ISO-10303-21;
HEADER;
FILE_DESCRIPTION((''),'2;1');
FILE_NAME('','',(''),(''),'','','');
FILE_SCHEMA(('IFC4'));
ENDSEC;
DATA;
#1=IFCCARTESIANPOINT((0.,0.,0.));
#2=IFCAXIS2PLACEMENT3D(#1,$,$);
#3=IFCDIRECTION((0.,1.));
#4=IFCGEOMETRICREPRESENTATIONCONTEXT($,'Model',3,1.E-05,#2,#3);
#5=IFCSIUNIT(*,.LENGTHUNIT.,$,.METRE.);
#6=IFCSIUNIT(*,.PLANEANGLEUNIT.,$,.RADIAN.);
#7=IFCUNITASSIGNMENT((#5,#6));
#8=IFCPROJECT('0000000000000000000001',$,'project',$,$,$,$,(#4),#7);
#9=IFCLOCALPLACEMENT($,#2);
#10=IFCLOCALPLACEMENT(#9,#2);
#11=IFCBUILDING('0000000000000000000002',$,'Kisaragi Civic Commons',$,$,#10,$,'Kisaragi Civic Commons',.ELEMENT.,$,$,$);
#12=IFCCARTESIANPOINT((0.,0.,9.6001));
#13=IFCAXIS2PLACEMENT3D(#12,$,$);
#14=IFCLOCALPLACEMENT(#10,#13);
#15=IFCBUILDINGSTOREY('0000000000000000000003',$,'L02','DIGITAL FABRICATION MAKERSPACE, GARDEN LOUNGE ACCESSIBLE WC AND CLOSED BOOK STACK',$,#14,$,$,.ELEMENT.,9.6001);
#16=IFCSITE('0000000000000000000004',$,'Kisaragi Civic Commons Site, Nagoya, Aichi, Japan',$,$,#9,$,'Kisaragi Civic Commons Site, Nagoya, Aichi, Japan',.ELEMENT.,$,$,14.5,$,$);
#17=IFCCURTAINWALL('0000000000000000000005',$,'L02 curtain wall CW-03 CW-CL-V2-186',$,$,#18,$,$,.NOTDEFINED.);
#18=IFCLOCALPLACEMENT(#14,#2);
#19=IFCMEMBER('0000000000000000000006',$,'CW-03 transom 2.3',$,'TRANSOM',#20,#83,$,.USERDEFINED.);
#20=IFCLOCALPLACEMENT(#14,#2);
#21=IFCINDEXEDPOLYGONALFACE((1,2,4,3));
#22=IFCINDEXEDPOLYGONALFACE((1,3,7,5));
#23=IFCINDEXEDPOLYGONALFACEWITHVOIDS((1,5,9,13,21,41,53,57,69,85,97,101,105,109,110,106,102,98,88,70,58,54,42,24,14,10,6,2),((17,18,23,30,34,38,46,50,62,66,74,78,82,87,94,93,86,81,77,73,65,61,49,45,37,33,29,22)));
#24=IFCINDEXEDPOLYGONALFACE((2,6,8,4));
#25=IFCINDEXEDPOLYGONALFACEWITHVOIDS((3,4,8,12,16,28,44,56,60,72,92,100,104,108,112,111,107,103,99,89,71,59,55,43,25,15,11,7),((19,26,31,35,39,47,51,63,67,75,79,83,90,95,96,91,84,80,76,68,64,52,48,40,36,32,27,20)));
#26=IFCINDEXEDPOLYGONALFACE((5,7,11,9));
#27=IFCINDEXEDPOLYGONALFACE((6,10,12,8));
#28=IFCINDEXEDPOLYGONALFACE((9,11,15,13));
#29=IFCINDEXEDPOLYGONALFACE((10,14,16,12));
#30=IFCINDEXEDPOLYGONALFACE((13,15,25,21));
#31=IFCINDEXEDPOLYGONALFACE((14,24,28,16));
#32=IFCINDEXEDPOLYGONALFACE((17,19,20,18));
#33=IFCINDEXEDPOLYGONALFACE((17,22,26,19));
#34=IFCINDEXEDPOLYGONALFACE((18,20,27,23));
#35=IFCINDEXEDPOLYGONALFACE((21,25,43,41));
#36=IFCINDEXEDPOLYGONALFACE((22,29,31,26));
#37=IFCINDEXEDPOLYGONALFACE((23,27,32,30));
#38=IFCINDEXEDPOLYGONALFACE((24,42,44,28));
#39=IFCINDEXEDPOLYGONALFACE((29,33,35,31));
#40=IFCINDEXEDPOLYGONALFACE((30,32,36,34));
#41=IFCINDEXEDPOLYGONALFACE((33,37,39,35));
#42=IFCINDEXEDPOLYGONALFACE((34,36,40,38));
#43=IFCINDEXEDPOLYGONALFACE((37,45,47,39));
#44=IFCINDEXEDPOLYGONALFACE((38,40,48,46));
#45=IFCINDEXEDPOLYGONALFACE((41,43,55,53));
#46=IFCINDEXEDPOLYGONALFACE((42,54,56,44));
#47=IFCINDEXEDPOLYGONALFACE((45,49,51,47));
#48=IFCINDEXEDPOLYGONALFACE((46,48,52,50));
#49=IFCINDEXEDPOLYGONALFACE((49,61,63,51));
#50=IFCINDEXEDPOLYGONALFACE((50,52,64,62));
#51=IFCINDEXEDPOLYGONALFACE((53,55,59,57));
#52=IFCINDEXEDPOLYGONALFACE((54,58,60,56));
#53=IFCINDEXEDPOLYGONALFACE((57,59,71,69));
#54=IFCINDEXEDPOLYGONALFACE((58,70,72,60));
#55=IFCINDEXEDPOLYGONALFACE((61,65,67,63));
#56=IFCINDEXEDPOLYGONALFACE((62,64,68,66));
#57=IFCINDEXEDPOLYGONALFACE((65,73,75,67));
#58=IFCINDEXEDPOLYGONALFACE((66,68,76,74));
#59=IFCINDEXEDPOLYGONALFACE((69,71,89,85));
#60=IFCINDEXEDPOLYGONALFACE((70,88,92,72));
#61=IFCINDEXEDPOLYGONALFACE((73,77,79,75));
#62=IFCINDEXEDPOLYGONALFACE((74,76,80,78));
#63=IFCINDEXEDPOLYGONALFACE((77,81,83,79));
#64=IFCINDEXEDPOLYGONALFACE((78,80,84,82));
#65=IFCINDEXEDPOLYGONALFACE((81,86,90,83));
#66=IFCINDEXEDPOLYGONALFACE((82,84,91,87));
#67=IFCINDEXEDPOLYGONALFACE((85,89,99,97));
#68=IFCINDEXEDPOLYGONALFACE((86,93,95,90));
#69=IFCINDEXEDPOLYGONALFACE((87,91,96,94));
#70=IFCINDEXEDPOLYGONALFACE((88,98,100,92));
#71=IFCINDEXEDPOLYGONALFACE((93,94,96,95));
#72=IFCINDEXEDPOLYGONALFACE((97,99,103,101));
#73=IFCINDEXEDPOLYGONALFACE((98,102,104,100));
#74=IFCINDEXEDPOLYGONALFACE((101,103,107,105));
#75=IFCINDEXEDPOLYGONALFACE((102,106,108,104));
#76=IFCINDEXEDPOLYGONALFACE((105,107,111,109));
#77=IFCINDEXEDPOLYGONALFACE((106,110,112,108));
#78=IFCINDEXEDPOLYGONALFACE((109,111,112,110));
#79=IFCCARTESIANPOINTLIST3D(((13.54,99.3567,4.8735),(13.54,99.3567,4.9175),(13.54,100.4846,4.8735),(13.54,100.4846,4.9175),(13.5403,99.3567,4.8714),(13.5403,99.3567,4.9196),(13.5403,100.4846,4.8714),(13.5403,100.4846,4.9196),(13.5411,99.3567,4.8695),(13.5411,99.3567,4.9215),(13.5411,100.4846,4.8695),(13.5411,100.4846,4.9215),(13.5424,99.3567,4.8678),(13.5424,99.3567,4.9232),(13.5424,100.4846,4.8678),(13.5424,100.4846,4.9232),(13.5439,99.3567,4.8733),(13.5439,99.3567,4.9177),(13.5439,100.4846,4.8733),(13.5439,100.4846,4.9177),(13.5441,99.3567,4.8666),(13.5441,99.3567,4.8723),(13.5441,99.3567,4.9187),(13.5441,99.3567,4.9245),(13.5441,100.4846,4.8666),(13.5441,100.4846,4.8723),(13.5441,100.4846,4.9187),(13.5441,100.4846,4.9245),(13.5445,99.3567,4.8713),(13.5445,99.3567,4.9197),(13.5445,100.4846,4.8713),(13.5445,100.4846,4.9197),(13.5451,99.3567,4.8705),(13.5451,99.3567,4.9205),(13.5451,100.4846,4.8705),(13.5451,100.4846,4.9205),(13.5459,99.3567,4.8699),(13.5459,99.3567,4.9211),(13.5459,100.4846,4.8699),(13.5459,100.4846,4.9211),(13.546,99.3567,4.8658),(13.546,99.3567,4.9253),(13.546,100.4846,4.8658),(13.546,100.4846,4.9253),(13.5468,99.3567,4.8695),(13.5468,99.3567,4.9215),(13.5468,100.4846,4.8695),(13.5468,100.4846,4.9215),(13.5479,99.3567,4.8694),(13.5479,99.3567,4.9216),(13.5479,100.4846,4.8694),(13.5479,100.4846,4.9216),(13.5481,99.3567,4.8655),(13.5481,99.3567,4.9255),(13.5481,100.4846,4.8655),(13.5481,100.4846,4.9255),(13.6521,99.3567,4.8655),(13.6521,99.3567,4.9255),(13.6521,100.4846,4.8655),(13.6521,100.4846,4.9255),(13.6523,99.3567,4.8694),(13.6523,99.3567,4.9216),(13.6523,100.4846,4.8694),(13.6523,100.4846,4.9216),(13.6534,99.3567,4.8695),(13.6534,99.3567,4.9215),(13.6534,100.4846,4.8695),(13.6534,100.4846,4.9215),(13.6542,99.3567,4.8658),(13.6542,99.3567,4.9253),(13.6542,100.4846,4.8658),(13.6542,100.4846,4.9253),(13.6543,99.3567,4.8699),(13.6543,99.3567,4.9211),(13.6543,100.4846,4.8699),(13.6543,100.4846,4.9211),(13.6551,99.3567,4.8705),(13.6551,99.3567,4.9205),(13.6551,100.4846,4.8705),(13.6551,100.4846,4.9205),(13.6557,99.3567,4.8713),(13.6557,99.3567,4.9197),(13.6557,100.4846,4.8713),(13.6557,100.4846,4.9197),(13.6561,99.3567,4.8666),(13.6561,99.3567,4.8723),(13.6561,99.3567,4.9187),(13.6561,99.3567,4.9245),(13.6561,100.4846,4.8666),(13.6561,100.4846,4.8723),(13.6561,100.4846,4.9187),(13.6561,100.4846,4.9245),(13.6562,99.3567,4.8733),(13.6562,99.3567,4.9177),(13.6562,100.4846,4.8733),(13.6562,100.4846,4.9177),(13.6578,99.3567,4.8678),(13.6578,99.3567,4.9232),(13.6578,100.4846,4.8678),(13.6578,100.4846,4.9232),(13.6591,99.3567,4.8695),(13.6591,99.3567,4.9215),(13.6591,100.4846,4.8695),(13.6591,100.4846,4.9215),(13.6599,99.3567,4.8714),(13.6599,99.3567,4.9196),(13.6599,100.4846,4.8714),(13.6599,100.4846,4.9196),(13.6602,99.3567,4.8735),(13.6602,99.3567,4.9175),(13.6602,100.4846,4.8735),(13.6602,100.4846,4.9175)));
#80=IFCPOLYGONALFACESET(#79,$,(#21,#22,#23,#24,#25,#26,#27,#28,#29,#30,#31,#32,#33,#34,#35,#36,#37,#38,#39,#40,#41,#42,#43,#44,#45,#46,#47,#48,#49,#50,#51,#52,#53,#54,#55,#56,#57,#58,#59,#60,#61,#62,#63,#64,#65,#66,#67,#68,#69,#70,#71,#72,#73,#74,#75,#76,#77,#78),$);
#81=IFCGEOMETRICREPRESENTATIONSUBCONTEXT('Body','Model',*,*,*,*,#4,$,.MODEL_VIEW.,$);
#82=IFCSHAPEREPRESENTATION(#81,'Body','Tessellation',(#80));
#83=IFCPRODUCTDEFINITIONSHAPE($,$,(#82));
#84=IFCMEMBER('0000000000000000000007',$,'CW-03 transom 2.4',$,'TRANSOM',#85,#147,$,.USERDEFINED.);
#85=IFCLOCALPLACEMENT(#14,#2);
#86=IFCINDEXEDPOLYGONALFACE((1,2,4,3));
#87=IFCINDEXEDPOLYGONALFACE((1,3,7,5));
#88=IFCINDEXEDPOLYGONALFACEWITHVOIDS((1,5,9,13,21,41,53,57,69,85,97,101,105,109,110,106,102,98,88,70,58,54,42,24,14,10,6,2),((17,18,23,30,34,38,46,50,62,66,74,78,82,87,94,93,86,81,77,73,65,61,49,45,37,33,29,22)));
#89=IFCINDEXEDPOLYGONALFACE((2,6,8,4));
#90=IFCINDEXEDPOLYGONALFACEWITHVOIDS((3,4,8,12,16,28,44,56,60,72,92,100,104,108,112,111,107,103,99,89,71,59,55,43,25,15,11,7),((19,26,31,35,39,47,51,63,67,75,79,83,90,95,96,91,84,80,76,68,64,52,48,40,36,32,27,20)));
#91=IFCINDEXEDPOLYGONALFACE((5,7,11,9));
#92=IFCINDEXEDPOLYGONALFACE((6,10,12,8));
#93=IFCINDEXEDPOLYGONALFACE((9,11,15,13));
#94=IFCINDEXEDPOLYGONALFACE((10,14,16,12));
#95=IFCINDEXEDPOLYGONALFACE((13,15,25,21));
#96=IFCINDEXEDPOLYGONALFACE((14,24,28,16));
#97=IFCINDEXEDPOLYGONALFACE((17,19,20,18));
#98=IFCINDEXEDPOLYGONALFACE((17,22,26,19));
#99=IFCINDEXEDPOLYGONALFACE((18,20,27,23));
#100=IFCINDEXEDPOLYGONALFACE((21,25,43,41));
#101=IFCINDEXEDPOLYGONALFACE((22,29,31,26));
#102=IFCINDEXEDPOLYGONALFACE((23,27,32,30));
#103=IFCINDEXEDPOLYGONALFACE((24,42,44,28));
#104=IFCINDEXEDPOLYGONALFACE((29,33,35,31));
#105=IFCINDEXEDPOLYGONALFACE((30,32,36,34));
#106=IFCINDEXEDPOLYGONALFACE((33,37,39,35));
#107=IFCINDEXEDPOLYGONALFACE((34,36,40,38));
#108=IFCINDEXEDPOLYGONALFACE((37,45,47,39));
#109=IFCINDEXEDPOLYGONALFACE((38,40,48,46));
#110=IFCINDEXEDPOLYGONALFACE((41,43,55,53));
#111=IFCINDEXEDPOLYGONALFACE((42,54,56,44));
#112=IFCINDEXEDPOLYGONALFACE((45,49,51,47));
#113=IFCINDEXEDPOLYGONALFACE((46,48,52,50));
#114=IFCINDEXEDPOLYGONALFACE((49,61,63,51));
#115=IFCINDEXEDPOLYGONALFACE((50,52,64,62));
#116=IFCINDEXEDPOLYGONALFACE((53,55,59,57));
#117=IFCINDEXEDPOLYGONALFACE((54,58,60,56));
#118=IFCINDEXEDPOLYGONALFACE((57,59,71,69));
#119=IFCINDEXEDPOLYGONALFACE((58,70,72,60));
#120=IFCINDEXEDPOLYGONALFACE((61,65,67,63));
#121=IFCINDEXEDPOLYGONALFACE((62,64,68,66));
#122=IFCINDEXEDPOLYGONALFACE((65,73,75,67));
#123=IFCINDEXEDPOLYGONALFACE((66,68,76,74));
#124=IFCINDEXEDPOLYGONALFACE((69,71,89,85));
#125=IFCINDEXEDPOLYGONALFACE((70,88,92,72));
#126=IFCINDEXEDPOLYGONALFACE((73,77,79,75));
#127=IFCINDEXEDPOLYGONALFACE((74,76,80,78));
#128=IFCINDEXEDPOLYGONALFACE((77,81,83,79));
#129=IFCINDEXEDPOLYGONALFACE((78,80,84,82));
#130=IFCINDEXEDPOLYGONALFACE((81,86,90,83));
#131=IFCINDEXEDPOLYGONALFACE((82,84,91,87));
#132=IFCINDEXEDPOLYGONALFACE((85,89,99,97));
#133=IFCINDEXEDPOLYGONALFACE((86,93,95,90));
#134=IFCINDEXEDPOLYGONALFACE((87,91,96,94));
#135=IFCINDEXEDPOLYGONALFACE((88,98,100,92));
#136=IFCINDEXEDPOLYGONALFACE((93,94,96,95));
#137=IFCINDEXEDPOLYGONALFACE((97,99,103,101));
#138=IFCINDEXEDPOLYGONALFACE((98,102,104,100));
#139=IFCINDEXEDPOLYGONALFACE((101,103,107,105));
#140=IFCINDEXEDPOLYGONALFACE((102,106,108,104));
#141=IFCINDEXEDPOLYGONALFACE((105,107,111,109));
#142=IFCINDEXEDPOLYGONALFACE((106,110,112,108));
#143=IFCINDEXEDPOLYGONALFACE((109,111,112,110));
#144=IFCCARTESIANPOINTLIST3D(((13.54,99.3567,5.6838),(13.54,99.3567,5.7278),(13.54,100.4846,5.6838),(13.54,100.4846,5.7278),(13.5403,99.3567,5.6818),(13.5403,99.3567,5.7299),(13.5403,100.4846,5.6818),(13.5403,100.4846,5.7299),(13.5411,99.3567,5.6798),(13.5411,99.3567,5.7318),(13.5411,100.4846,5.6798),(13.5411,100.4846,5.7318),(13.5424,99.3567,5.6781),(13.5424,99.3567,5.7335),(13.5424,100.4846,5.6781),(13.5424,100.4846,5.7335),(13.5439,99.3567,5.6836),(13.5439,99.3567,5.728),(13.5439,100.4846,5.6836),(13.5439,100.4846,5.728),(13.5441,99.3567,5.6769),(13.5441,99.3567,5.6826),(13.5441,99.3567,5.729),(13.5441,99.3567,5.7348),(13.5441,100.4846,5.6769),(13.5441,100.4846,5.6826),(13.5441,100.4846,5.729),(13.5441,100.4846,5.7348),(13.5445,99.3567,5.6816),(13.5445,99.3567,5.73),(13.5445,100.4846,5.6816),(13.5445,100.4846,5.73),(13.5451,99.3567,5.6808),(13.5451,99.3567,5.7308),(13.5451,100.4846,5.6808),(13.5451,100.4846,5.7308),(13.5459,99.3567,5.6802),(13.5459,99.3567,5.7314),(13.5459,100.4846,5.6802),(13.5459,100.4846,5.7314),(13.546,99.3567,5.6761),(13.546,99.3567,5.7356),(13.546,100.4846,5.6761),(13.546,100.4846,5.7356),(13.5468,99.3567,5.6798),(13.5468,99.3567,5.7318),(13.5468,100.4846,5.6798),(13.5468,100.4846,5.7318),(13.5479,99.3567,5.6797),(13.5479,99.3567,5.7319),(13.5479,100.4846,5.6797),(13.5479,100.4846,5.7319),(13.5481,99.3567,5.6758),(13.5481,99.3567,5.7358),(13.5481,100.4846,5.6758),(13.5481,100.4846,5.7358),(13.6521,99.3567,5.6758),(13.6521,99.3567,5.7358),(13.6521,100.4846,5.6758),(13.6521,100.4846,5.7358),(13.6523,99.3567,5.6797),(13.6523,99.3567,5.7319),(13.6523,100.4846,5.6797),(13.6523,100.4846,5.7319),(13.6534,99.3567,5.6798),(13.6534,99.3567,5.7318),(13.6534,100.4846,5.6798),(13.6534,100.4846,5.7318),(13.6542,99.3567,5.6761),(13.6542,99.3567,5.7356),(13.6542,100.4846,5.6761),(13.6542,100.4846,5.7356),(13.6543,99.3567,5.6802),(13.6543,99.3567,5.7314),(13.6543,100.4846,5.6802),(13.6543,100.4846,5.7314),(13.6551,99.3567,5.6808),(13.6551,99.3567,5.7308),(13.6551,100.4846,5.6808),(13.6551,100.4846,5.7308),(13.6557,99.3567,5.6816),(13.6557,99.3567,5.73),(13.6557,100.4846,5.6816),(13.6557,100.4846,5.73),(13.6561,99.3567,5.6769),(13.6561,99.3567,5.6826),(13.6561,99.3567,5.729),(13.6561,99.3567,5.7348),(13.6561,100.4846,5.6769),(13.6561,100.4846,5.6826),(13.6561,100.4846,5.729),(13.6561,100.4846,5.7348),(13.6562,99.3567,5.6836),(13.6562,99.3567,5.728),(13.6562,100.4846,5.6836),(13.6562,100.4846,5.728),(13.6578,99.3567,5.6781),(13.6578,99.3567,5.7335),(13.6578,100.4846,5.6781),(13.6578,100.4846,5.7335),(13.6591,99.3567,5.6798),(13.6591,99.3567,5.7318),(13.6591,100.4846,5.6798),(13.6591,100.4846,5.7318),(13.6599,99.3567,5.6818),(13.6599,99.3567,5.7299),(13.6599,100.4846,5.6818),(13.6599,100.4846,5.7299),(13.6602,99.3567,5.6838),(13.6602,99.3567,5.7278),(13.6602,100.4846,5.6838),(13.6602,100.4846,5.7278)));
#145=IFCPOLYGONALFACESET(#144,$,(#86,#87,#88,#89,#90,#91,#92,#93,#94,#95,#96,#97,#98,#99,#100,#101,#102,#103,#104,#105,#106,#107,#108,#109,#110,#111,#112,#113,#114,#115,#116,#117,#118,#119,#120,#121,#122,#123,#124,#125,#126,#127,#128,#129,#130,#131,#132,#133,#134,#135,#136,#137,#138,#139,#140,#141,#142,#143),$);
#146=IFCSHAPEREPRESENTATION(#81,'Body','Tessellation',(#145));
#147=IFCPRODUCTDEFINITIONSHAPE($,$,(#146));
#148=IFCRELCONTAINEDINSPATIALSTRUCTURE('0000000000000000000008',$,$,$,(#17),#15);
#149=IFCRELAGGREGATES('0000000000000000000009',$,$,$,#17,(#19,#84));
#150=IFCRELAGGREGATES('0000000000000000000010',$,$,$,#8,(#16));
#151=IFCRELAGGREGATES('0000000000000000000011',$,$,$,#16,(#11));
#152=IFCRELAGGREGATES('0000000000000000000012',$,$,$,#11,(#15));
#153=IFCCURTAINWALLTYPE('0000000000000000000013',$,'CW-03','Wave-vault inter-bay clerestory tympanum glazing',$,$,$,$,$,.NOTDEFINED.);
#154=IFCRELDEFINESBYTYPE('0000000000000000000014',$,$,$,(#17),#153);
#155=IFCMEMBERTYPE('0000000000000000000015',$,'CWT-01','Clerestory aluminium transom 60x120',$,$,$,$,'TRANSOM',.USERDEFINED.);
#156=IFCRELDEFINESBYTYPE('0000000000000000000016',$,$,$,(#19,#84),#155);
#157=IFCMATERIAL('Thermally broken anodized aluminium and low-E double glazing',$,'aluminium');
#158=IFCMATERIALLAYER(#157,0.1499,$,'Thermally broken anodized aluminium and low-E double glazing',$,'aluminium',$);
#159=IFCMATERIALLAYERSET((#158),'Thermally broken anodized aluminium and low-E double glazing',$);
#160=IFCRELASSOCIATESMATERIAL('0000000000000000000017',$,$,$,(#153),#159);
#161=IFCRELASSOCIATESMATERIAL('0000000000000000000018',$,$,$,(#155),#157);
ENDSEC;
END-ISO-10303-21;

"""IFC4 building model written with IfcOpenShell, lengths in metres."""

from ifc_helpers import new_model, si_unit, direction, frame, origin, origin_2d, place, context, subcontext, project, spatial, hollow_rectangle, extrude, material, layer, layer_set, material_profile, profile_set, type_object, element, aggregate, save


model = new_model("IFC4")

# Units and contexts
model_context = context("Model", 3, precision=1e-05, world=origin(), true_north=direction((0.0, 1.0)))
body_context = subcontext(model_context, "Body", "Model", "MODEL_VIEW")
ifc_project = project(units=[si_unit("LENGTHUNIT", "METRE"), si_unit("PLANEANGLEUNIT", "RADIAN")], contexts=[model_context])

# Site, building, storey
site_placement = place(None, origin())
site = spatial("IfcSite", under=ifc_project, at=site_placement, Name="Kisaragi Civic Commons Site, Nagoya, Aichi, Japan", LongName="Kisaragi Civic Commons Site, Nagoya, Aichi, Japan", CompositionType="ELEMENT", RefElevation=14.5)
building_placement = place(site_placement, origin())
building = spatial("IfcBuilding", under=site, at=building_placement, Name="Kisaragi Civic Commons", LongName="Kisaragi Civic Commons", CompositionType="ELEMENT")
storey_placement = place(building_placement, frame((0.0, 0.0, 9.6001)))
storey = spatial("IfcBuildingStorey", under=building, at=storey_placement, Name="L02", Description="DIGITAL FABRICATION MAKERSPACE, GARDEN LOUNGE ACCESSIBLE WC AND CLOSED BOOK STACK", CompositionType="ELEMENT", Elevation=9.6001)

# Curtain wall
ifc_material_1 = material(Name="Thermally broken anodized aluminium and low-E double glazing", Category="aluminium")
ifc_layer_1 = layer(ifc_material_1, 0.1499, Name="Thermally broken anodized aluminium and low-E double glazing", Category="aluminium")
ifc_layer_set_1 = layer_set([ifc_layer_1], Name="Thermally broken anodized aluminium and low-E double glazing")
curtain_wall_type = type_object("IfcCurtainWallType", Name="CW-03", Description="Wave-vault inter-bay clerestory tympanum glazing", PredefinedType="NOTDEFINED", material=ifc_layer_set_1)
curtain_wall_1_placement = place(storey_placement, origin())
curtain_wall_1 = element("IfcCurtainWall", 1, at=curtain_wall_1_placement, inside=storey, type_object=curtain_wall_type, Name="L02 curtain wall CW-03 CW-CL-V2-186", PredefinedType="NOTDEFINED")

# Members
ifc_material_profile_1 = material_profile(ifc_material_1, hollow_rectangle(XDim=0.1201, YDim=0.0601, WallThickness=0.0039, InnerFilletRadius=0.0039, OuterFilletRadius=0.0081, at=origin_2d()), Name="CWT-60x120x4", Category="aluminium")
ifc_profile_set_1 = profile_set([ifc_material_profile_1], Name="Thermally broken anodized aluminium and low-E double glazing")
member_type_1 = type_object("IfcMemberType", Name="CWT-01", Description="Clerestory aluminium transom 60x120", ElementType="TRANSOM", PredefinedType="USERDEFINED", material=ifc_profile_set_1)
member_1_placement = place(storey_placement, frame((13.6001, 99.3567, 4.8955), z_axis=(0.0, 1.0, 0.0), x_axis=(-1.0, 0.0, 0.0)))
member_1 = element("IfcMember", 2, at=member_1_placement, type_object=member_type_1, Name="CW-03 transom 2.3", ObjectType="TRANSOM", PredefinedType="USERDEFINED", context=body_context, shape_type="SweptSolid", body=[
    extrude(hollow_rectangle(XDim=0.1201, YDim=0.0601, WallThickness=0.0039, InnerFilletRadius=0.0039, OuterFilletRadius=0.0081, at=origin_2d()), origin(), (0.0, 0.0, 1.0), 1.1279),
])
member_2_placement = place(storey_placement, frame((13.6001, 99.3567, 5.7058), z_axis=(0.0, 1.0, 0.0), x_axis=(-1.0, 0.0, 0.0)))
member_2 = element("IfcMember", 3, at=member_2_placement, type_object=member_type_1, Name="CW-03 transom 2.4", ObjectType="TRANSOM", PredefinedType="USERDEFINED", context=body_context, shape_type="SweptSolid", body=[
    extrude(hollow_rectangle(XDim=0.1201, YDim=0.0601, WallThickness=0.0039, InnerFilletRadius=0.0039, OuterFilletRadius=0.0081, at=origin_2d()), origin(), (0.0, 0.0, 1.0), 1.1279),
])

aggregate(curtain_wall_1, [member_1, member_2])

save(model, "model.ifc")
